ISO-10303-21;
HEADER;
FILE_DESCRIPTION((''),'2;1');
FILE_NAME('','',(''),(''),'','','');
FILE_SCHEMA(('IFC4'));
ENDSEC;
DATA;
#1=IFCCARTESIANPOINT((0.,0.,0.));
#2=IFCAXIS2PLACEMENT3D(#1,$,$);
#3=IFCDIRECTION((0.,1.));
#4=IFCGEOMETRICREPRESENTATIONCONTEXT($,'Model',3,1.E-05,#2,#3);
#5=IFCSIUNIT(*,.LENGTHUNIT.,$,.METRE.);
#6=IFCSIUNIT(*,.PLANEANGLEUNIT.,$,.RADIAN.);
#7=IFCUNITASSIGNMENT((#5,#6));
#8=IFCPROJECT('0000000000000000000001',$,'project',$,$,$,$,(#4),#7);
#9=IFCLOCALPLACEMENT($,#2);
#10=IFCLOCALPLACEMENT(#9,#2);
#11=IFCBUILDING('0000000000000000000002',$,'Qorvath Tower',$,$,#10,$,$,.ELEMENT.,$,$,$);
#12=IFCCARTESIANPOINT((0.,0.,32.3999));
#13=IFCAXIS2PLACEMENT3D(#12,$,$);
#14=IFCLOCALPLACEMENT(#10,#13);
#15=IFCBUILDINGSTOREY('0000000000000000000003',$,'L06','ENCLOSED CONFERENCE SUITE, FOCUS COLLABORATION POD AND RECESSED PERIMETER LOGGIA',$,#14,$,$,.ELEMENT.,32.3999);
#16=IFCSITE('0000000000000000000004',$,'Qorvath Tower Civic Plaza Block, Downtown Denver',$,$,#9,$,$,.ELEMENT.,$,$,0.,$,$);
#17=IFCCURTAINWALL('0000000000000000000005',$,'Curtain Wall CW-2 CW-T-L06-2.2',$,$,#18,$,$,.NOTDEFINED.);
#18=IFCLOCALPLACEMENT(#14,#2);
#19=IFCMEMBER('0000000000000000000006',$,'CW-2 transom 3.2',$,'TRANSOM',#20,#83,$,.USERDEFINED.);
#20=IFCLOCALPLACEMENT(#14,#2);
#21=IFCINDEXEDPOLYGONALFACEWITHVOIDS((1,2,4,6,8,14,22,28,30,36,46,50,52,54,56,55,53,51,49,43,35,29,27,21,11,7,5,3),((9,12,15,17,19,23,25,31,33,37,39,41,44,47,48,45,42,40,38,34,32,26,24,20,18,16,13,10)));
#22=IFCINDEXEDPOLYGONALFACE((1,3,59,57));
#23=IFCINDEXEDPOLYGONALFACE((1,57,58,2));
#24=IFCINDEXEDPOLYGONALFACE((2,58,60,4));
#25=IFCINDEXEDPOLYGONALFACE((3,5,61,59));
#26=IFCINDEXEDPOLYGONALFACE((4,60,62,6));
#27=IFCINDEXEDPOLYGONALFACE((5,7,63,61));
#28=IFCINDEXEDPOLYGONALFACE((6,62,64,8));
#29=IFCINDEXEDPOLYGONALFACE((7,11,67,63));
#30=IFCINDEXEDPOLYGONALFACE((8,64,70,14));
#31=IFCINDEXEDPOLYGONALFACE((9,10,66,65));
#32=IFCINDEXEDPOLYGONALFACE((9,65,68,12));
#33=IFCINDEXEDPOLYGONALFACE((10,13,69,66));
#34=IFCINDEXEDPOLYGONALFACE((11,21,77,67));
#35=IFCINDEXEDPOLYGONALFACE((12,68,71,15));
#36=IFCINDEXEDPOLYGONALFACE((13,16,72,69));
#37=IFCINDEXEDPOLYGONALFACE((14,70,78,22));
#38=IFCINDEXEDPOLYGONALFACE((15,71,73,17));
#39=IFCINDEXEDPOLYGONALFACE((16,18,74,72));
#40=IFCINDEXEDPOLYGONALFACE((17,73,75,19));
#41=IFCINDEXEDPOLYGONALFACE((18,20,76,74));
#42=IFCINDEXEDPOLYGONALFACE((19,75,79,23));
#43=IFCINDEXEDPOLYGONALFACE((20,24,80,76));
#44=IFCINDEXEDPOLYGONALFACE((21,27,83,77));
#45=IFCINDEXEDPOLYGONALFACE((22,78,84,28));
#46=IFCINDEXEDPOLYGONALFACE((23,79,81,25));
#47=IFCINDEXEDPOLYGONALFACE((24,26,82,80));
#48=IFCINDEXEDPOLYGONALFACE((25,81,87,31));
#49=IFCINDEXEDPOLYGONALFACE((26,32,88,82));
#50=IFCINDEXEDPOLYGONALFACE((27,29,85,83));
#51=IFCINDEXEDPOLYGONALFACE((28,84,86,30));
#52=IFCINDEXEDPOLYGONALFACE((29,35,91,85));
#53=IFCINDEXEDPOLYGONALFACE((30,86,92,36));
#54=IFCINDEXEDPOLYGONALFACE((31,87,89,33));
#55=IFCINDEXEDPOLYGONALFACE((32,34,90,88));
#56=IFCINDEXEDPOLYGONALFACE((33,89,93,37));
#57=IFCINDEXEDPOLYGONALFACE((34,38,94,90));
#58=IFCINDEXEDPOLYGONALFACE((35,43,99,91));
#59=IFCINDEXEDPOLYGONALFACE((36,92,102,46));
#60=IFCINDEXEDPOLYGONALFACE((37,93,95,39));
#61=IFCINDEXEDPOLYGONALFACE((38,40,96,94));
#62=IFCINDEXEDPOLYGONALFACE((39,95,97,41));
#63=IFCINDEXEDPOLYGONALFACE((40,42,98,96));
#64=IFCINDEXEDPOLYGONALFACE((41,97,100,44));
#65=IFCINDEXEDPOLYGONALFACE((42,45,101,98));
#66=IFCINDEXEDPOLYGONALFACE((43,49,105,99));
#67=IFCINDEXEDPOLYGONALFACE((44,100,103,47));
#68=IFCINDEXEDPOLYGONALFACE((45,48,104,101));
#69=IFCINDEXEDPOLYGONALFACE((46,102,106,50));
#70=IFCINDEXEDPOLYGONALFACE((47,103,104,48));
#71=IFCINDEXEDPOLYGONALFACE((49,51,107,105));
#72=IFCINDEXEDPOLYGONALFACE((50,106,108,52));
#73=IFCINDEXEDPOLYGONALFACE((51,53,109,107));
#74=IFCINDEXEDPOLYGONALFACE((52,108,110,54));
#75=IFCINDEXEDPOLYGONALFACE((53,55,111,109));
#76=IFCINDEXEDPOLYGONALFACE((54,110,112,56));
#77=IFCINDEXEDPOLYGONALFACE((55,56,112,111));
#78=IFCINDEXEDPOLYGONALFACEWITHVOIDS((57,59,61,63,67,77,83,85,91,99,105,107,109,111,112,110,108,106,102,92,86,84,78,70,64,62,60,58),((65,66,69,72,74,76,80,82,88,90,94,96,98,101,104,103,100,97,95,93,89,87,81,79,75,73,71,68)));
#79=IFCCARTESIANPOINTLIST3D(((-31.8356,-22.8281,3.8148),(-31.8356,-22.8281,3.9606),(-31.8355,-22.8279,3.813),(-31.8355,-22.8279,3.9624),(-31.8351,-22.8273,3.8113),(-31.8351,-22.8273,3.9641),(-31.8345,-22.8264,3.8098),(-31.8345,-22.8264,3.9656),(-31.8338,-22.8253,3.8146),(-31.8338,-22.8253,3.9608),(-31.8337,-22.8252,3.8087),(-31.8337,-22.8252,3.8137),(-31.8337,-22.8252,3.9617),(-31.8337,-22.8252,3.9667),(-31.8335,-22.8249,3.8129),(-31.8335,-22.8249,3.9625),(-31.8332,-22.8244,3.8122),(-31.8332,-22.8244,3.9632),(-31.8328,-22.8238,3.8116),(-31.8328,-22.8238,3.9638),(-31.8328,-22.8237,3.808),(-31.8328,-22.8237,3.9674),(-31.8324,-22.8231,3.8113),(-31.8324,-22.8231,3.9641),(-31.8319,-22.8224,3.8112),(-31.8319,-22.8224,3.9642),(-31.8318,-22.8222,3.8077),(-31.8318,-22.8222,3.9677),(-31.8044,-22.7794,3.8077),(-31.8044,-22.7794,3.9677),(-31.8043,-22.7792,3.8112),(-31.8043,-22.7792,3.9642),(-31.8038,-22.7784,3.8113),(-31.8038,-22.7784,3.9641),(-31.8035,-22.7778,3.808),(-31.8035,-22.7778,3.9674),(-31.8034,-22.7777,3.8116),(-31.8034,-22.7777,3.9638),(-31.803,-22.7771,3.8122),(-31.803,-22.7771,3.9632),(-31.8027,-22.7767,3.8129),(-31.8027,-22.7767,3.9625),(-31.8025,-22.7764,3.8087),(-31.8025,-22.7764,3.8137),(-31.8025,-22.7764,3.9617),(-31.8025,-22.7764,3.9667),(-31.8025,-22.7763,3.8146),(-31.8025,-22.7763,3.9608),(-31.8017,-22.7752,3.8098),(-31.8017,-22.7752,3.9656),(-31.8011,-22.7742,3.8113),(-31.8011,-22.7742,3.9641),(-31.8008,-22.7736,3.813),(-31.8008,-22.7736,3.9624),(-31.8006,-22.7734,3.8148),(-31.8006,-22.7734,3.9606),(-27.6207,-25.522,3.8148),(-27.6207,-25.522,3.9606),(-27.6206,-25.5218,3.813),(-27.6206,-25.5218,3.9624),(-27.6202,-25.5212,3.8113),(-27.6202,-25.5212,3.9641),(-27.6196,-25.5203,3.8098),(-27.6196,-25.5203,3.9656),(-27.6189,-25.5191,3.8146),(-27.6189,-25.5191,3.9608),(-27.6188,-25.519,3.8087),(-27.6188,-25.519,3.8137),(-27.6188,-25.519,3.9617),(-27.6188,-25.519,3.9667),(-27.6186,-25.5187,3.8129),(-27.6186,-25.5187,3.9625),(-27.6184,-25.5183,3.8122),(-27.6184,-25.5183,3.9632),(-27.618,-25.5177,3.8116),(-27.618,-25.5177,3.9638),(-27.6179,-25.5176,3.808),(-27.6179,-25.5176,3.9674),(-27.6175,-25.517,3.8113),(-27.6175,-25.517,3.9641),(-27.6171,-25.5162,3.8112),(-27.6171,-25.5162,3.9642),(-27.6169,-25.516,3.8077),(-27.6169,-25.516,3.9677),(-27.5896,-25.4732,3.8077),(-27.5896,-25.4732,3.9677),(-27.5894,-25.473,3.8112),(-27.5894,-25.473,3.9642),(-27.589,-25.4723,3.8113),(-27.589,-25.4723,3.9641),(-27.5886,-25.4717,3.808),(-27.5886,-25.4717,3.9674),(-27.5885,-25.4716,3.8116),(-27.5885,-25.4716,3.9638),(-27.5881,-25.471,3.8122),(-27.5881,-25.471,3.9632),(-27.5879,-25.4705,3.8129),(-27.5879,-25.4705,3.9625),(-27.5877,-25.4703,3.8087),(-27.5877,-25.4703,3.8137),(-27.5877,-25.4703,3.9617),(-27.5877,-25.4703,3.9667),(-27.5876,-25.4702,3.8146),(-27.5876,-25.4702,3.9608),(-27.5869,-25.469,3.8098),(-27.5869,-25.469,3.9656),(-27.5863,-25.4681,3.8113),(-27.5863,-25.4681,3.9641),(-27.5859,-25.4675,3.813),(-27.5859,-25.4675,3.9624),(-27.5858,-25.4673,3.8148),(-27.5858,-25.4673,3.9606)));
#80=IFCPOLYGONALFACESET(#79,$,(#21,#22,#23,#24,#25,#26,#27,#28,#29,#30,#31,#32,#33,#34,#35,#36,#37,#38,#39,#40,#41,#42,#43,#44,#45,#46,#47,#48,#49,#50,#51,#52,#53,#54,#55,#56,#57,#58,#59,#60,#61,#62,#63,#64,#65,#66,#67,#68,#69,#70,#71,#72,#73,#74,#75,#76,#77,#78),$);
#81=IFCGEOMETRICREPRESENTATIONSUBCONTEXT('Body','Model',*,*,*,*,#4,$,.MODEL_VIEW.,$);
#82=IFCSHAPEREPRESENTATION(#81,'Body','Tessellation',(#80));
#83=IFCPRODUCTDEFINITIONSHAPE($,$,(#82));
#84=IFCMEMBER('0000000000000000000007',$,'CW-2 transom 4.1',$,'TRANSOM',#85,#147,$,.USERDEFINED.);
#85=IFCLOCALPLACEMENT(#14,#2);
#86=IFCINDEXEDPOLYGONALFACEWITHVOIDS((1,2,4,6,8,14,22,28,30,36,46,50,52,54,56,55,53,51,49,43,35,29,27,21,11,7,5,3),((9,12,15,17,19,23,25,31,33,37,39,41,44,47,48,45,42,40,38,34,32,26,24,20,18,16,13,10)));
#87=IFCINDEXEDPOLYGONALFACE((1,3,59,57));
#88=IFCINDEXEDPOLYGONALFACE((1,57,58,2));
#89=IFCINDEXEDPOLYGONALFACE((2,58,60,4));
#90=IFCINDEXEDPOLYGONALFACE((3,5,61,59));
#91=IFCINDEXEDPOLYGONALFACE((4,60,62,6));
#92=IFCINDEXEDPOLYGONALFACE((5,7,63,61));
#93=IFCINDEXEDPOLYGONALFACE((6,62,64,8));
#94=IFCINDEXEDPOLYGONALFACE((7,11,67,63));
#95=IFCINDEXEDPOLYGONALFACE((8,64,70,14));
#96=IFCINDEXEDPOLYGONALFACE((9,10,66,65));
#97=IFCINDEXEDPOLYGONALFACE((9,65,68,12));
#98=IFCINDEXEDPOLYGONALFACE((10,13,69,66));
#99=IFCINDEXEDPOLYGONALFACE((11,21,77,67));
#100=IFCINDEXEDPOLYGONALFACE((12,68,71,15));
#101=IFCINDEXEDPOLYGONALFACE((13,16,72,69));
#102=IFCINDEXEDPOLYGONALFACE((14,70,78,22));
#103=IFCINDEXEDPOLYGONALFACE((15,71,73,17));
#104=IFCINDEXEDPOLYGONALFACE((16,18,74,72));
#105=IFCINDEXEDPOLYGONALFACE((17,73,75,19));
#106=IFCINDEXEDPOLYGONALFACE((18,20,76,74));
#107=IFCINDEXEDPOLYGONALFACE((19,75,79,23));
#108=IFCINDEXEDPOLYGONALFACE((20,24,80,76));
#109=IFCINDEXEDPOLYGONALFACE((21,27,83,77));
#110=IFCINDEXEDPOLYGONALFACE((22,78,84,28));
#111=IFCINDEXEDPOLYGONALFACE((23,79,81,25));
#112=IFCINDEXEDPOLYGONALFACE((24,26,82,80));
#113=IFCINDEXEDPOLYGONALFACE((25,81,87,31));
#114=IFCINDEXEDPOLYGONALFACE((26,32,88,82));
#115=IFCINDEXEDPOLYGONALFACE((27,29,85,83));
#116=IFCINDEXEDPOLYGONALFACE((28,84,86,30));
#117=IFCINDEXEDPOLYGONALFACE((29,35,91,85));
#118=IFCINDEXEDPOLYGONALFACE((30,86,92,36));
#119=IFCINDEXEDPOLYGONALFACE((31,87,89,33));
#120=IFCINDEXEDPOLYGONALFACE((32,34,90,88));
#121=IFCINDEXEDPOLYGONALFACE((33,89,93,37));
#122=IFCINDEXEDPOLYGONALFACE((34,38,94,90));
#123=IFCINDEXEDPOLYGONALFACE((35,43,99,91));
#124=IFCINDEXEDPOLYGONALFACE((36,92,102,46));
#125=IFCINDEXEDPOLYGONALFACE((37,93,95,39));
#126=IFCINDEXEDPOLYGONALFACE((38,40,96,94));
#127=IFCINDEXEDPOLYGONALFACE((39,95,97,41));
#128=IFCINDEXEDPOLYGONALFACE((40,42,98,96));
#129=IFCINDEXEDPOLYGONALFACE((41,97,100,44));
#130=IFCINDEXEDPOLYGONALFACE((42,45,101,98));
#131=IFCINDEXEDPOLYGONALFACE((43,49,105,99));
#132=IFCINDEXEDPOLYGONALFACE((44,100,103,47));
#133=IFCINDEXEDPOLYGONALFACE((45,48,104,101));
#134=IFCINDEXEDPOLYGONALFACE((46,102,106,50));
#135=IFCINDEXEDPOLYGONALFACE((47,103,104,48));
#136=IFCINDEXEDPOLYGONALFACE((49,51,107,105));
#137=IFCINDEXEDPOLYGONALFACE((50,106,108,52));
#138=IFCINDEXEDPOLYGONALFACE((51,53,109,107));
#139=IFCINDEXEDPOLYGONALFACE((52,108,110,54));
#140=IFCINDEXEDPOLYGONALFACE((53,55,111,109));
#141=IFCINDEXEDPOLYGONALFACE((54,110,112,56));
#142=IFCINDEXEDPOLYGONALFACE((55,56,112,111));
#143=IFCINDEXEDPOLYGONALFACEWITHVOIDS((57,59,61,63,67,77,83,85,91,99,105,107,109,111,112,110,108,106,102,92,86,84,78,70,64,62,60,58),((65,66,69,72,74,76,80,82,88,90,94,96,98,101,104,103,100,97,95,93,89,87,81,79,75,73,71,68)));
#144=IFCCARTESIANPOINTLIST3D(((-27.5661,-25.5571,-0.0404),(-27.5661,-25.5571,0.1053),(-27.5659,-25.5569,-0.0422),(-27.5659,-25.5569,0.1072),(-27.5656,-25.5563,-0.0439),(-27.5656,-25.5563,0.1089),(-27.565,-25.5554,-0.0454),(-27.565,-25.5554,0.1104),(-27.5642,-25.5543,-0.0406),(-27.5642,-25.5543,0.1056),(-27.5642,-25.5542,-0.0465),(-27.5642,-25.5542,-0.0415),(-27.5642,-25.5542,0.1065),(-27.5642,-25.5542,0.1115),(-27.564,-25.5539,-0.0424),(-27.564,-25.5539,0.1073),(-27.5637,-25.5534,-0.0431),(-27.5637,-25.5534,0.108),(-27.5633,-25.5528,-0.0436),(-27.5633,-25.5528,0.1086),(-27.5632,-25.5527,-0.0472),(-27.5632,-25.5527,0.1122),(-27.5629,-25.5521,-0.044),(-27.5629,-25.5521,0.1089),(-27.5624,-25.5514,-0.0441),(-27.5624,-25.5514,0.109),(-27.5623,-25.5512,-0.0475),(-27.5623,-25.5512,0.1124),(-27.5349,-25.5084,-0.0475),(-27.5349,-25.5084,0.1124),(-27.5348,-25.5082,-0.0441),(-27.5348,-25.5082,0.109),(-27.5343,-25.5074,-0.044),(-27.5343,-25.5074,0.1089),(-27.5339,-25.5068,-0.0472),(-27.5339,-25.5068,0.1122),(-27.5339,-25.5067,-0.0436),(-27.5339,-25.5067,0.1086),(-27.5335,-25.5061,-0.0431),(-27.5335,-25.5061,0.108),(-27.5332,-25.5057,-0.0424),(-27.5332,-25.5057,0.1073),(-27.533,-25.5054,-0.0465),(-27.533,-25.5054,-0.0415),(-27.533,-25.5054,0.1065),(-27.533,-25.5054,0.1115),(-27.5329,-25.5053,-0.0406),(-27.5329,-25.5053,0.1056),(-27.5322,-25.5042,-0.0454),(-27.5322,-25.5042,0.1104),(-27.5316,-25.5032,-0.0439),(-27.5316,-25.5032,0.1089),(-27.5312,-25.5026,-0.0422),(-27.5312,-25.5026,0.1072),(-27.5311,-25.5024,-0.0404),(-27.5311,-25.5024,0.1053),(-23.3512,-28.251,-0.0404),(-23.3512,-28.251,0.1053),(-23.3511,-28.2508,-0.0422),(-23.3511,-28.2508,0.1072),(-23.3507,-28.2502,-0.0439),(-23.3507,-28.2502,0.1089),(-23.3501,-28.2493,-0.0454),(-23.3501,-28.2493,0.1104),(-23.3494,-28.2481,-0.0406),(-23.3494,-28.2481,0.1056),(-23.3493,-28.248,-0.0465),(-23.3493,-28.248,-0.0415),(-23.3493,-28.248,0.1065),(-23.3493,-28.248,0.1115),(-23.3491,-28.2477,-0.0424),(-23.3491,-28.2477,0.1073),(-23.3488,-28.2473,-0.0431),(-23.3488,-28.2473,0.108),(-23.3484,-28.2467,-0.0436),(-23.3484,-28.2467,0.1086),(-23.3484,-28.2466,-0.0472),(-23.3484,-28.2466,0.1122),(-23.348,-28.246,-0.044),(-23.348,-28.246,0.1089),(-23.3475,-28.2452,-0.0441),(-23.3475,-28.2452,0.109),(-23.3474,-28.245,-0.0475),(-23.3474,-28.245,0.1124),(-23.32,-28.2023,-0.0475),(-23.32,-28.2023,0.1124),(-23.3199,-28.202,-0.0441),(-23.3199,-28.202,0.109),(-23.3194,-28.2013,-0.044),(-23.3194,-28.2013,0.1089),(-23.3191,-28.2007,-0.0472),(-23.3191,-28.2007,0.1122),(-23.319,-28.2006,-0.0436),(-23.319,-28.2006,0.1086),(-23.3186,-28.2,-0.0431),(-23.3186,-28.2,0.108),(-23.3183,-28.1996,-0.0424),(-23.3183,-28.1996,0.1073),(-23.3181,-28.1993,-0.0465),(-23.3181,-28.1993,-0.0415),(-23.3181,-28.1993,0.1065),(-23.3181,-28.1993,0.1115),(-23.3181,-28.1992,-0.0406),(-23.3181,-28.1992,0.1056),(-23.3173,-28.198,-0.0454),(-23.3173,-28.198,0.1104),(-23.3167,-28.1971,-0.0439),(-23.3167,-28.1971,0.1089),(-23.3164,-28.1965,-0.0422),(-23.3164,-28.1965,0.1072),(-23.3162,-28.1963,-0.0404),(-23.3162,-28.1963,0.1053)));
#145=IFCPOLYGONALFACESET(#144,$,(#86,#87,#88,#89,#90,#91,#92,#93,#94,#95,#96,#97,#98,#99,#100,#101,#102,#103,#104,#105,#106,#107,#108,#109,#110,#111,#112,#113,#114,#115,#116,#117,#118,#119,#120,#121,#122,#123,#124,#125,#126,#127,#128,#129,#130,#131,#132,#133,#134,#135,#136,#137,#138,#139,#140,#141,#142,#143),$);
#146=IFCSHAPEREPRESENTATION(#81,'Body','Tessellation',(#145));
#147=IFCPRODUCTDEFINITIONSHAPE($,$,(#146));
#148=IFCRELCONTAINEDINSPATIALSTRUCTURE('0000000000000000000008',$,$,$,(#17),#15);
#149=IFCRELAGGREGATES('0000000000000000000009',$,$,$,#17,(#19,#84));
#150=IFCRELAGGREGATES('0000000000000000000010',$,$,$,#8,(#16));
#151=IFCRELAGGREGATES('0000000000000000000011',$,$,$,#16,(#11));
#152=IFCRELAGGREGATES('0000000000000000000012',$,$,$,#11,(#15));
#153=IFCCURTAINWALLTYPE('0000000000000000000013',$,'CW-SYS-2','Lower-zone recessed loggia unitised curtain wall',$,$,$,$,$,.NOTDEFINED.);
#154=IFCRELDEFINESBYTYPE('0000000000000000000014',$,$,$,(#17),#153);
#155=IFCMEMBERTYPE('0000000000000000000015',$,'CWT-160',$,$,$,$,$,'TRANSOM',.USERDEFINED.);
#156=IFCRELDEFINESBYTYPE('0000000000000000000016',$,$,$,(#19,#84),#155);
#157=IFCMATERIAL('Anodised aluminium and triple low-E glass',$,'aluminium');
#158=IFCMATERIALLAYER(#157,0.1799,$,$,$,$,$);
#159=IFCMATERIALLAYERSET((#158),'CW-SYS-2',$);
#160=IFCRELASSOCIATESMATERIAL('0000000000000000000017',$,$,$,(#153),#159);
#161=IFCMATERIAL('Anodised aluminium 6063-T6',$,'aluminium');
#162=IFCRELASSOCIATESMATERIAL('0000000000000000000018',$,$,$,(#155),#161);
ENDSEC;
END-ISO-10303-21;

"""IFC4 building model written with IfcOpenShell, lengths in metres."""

from ifc_helpers import new_model, si_unit, direction, frame, origin, origin_2d, place, context, subcontext, project, spatial, hollow_rectangle, extrude, material, layer, layer_set, material_profile, profile_set, type_object, element, aggregate, save


model = new_model("IFC4")

# Units and contexts
model_context = context("Model", 3, precision=1e-05, world=origin(), true_north=direction((0.0, 1.0)))
body_context = subcontext(model_context, "Body", "Model", "MODEL_VIEW")
ifc_project = project(units=[si_unit("LENGTHUNIT", "METRE"), si_unit("PLANEANGLEUNIT", "RADIAN")], contexts=[model_context])

# Site, building, storey
site_placement = place(None, origin())
site = spatial("IfcSite", under=ifc_project, at=site_placement, Name="Qorvath Tower Civic Plaza Block, Downtown Denver", CompositionType="ELEMENT", RefElevation=0.0)
building_placement = place(site_placement, origin())
building = spatial("IfcBuilding", under=site, at=building_placement, Name="Qorvath Tower", CompositionType="ELEMENT")
storey_placement = place(building_placement, frame((0.0, 0.0, 32.3999)))
storey = spatial("IfcBuildingStorey", under=building, at=storey_placement, Name="L06", Description="ENCLOSED CONFERENCE SUITE, FOCUS COLLABORATION POD AND RECESSED PERIMETER LOGGIA", CompositionType="ELEMENT", Elevation=32.3999)

# Curtain wall, members
ifc_material_1 = material(Name="Anodised aluminium and triple low-E glass", Category="aluminium")
ifc_layer_1 = layer(ifc_material_1, 0.1799)
ifc_layer_set_1 = layer_set([ifc_layer_1], Name="CW-SYS-2")
curtain_wall_type = type_object("IfcCurtainWallType", Name="CW-SYS-2", Description="Lower-zone recessed loggia unitised curtain wall", PredefinedType="NOTDEFINED", material=ifc_layer_set_1)
curtain_wall_placement = place(storey_placement, origin())
curtain_wall = element("IfcCurtainWall", 1, at=curtain_wall_placement, inside=storey, type_object=curtain_wall_type, Name="Curtain Wall CW-2 CW-T-L06-2.2", PredefinedType="NOTDEFINED")
ifc_material_2 = material(Name="Anodised aluminium 6063-T6", Category="aluminium")
ifc_material_profile_1 = material_profile(ifc_material_2, hollow_rectangle(XDim=0.0649, YDim=0.1599, WallThickness=0.0034, InnerFilletRadius=0.0034, OuterFilletRadius=0.0071, at=origin_2d()), Name="CWT 160x65")
ifc_profile_set_1 = profile_set([ifc_material_profile_1], Name="Anodised aluminium 6063-T6")
member_type_1 = type_object("IfcMemberType", Name="CWT-160", ElementType="TRANSOM", PredefinedType="USERDEFINED", material=ifc_profile_set_1)
member_1_placement = place(storey_placement, frame((-31.8181, -22.8008, 3.8877), z_axis=(0.842603, -0.538536, 0.0), x_axis=(0.538536, 0.842603, 0.0)))
member_1 = element("IfcMember", 2, at=member_1_placement, type_object=member_type_1, Name="CW-2 transom 3.2", ObjectType="TRANSOM", PredefinedType="USERDEFINED", context=body_context, shape_type="SweptSolid", body=[
    extrude(hollow_rectangle(XDim=0.0649, YDim=0.1599, WallThickness=0.0034, InnerFilletRadius=0.0034, OuterFilletRadius=0.0071, at=origin_2d()), origin(), (0.0, 0.0, 1.0), 5.0022),
])
member_2_placement = place(storey_placement, frame((-27.5486, -25.5298, 0.0325), z_axis=(0.842603, -0.538536, 0.0), x_axis=(0.538536, 0.842603, 0.0)))
member_2 = element("IfcMember", 3, at=member_2_placement, type_object=member_type_1, Name="CW-2 transom 4.1", ObjectType="TRANSOM", PredefinedType="USERDEFINED", context=body_context, shape_type="SweptSolid", body=[
    extrude(hollow_rectangle(XDim=0.0649, YDim=0.1599, WallThickness=0.0034, InnerFilletRadius=0.0034, OuterFilletRadius=0.0071, at=origin_2d()), origin(), (0.0, 0.0, 1.0), 5.0022),
])
aggregate(curtain_wall, [member_1, member_2])

save(model, "model.ifc")
